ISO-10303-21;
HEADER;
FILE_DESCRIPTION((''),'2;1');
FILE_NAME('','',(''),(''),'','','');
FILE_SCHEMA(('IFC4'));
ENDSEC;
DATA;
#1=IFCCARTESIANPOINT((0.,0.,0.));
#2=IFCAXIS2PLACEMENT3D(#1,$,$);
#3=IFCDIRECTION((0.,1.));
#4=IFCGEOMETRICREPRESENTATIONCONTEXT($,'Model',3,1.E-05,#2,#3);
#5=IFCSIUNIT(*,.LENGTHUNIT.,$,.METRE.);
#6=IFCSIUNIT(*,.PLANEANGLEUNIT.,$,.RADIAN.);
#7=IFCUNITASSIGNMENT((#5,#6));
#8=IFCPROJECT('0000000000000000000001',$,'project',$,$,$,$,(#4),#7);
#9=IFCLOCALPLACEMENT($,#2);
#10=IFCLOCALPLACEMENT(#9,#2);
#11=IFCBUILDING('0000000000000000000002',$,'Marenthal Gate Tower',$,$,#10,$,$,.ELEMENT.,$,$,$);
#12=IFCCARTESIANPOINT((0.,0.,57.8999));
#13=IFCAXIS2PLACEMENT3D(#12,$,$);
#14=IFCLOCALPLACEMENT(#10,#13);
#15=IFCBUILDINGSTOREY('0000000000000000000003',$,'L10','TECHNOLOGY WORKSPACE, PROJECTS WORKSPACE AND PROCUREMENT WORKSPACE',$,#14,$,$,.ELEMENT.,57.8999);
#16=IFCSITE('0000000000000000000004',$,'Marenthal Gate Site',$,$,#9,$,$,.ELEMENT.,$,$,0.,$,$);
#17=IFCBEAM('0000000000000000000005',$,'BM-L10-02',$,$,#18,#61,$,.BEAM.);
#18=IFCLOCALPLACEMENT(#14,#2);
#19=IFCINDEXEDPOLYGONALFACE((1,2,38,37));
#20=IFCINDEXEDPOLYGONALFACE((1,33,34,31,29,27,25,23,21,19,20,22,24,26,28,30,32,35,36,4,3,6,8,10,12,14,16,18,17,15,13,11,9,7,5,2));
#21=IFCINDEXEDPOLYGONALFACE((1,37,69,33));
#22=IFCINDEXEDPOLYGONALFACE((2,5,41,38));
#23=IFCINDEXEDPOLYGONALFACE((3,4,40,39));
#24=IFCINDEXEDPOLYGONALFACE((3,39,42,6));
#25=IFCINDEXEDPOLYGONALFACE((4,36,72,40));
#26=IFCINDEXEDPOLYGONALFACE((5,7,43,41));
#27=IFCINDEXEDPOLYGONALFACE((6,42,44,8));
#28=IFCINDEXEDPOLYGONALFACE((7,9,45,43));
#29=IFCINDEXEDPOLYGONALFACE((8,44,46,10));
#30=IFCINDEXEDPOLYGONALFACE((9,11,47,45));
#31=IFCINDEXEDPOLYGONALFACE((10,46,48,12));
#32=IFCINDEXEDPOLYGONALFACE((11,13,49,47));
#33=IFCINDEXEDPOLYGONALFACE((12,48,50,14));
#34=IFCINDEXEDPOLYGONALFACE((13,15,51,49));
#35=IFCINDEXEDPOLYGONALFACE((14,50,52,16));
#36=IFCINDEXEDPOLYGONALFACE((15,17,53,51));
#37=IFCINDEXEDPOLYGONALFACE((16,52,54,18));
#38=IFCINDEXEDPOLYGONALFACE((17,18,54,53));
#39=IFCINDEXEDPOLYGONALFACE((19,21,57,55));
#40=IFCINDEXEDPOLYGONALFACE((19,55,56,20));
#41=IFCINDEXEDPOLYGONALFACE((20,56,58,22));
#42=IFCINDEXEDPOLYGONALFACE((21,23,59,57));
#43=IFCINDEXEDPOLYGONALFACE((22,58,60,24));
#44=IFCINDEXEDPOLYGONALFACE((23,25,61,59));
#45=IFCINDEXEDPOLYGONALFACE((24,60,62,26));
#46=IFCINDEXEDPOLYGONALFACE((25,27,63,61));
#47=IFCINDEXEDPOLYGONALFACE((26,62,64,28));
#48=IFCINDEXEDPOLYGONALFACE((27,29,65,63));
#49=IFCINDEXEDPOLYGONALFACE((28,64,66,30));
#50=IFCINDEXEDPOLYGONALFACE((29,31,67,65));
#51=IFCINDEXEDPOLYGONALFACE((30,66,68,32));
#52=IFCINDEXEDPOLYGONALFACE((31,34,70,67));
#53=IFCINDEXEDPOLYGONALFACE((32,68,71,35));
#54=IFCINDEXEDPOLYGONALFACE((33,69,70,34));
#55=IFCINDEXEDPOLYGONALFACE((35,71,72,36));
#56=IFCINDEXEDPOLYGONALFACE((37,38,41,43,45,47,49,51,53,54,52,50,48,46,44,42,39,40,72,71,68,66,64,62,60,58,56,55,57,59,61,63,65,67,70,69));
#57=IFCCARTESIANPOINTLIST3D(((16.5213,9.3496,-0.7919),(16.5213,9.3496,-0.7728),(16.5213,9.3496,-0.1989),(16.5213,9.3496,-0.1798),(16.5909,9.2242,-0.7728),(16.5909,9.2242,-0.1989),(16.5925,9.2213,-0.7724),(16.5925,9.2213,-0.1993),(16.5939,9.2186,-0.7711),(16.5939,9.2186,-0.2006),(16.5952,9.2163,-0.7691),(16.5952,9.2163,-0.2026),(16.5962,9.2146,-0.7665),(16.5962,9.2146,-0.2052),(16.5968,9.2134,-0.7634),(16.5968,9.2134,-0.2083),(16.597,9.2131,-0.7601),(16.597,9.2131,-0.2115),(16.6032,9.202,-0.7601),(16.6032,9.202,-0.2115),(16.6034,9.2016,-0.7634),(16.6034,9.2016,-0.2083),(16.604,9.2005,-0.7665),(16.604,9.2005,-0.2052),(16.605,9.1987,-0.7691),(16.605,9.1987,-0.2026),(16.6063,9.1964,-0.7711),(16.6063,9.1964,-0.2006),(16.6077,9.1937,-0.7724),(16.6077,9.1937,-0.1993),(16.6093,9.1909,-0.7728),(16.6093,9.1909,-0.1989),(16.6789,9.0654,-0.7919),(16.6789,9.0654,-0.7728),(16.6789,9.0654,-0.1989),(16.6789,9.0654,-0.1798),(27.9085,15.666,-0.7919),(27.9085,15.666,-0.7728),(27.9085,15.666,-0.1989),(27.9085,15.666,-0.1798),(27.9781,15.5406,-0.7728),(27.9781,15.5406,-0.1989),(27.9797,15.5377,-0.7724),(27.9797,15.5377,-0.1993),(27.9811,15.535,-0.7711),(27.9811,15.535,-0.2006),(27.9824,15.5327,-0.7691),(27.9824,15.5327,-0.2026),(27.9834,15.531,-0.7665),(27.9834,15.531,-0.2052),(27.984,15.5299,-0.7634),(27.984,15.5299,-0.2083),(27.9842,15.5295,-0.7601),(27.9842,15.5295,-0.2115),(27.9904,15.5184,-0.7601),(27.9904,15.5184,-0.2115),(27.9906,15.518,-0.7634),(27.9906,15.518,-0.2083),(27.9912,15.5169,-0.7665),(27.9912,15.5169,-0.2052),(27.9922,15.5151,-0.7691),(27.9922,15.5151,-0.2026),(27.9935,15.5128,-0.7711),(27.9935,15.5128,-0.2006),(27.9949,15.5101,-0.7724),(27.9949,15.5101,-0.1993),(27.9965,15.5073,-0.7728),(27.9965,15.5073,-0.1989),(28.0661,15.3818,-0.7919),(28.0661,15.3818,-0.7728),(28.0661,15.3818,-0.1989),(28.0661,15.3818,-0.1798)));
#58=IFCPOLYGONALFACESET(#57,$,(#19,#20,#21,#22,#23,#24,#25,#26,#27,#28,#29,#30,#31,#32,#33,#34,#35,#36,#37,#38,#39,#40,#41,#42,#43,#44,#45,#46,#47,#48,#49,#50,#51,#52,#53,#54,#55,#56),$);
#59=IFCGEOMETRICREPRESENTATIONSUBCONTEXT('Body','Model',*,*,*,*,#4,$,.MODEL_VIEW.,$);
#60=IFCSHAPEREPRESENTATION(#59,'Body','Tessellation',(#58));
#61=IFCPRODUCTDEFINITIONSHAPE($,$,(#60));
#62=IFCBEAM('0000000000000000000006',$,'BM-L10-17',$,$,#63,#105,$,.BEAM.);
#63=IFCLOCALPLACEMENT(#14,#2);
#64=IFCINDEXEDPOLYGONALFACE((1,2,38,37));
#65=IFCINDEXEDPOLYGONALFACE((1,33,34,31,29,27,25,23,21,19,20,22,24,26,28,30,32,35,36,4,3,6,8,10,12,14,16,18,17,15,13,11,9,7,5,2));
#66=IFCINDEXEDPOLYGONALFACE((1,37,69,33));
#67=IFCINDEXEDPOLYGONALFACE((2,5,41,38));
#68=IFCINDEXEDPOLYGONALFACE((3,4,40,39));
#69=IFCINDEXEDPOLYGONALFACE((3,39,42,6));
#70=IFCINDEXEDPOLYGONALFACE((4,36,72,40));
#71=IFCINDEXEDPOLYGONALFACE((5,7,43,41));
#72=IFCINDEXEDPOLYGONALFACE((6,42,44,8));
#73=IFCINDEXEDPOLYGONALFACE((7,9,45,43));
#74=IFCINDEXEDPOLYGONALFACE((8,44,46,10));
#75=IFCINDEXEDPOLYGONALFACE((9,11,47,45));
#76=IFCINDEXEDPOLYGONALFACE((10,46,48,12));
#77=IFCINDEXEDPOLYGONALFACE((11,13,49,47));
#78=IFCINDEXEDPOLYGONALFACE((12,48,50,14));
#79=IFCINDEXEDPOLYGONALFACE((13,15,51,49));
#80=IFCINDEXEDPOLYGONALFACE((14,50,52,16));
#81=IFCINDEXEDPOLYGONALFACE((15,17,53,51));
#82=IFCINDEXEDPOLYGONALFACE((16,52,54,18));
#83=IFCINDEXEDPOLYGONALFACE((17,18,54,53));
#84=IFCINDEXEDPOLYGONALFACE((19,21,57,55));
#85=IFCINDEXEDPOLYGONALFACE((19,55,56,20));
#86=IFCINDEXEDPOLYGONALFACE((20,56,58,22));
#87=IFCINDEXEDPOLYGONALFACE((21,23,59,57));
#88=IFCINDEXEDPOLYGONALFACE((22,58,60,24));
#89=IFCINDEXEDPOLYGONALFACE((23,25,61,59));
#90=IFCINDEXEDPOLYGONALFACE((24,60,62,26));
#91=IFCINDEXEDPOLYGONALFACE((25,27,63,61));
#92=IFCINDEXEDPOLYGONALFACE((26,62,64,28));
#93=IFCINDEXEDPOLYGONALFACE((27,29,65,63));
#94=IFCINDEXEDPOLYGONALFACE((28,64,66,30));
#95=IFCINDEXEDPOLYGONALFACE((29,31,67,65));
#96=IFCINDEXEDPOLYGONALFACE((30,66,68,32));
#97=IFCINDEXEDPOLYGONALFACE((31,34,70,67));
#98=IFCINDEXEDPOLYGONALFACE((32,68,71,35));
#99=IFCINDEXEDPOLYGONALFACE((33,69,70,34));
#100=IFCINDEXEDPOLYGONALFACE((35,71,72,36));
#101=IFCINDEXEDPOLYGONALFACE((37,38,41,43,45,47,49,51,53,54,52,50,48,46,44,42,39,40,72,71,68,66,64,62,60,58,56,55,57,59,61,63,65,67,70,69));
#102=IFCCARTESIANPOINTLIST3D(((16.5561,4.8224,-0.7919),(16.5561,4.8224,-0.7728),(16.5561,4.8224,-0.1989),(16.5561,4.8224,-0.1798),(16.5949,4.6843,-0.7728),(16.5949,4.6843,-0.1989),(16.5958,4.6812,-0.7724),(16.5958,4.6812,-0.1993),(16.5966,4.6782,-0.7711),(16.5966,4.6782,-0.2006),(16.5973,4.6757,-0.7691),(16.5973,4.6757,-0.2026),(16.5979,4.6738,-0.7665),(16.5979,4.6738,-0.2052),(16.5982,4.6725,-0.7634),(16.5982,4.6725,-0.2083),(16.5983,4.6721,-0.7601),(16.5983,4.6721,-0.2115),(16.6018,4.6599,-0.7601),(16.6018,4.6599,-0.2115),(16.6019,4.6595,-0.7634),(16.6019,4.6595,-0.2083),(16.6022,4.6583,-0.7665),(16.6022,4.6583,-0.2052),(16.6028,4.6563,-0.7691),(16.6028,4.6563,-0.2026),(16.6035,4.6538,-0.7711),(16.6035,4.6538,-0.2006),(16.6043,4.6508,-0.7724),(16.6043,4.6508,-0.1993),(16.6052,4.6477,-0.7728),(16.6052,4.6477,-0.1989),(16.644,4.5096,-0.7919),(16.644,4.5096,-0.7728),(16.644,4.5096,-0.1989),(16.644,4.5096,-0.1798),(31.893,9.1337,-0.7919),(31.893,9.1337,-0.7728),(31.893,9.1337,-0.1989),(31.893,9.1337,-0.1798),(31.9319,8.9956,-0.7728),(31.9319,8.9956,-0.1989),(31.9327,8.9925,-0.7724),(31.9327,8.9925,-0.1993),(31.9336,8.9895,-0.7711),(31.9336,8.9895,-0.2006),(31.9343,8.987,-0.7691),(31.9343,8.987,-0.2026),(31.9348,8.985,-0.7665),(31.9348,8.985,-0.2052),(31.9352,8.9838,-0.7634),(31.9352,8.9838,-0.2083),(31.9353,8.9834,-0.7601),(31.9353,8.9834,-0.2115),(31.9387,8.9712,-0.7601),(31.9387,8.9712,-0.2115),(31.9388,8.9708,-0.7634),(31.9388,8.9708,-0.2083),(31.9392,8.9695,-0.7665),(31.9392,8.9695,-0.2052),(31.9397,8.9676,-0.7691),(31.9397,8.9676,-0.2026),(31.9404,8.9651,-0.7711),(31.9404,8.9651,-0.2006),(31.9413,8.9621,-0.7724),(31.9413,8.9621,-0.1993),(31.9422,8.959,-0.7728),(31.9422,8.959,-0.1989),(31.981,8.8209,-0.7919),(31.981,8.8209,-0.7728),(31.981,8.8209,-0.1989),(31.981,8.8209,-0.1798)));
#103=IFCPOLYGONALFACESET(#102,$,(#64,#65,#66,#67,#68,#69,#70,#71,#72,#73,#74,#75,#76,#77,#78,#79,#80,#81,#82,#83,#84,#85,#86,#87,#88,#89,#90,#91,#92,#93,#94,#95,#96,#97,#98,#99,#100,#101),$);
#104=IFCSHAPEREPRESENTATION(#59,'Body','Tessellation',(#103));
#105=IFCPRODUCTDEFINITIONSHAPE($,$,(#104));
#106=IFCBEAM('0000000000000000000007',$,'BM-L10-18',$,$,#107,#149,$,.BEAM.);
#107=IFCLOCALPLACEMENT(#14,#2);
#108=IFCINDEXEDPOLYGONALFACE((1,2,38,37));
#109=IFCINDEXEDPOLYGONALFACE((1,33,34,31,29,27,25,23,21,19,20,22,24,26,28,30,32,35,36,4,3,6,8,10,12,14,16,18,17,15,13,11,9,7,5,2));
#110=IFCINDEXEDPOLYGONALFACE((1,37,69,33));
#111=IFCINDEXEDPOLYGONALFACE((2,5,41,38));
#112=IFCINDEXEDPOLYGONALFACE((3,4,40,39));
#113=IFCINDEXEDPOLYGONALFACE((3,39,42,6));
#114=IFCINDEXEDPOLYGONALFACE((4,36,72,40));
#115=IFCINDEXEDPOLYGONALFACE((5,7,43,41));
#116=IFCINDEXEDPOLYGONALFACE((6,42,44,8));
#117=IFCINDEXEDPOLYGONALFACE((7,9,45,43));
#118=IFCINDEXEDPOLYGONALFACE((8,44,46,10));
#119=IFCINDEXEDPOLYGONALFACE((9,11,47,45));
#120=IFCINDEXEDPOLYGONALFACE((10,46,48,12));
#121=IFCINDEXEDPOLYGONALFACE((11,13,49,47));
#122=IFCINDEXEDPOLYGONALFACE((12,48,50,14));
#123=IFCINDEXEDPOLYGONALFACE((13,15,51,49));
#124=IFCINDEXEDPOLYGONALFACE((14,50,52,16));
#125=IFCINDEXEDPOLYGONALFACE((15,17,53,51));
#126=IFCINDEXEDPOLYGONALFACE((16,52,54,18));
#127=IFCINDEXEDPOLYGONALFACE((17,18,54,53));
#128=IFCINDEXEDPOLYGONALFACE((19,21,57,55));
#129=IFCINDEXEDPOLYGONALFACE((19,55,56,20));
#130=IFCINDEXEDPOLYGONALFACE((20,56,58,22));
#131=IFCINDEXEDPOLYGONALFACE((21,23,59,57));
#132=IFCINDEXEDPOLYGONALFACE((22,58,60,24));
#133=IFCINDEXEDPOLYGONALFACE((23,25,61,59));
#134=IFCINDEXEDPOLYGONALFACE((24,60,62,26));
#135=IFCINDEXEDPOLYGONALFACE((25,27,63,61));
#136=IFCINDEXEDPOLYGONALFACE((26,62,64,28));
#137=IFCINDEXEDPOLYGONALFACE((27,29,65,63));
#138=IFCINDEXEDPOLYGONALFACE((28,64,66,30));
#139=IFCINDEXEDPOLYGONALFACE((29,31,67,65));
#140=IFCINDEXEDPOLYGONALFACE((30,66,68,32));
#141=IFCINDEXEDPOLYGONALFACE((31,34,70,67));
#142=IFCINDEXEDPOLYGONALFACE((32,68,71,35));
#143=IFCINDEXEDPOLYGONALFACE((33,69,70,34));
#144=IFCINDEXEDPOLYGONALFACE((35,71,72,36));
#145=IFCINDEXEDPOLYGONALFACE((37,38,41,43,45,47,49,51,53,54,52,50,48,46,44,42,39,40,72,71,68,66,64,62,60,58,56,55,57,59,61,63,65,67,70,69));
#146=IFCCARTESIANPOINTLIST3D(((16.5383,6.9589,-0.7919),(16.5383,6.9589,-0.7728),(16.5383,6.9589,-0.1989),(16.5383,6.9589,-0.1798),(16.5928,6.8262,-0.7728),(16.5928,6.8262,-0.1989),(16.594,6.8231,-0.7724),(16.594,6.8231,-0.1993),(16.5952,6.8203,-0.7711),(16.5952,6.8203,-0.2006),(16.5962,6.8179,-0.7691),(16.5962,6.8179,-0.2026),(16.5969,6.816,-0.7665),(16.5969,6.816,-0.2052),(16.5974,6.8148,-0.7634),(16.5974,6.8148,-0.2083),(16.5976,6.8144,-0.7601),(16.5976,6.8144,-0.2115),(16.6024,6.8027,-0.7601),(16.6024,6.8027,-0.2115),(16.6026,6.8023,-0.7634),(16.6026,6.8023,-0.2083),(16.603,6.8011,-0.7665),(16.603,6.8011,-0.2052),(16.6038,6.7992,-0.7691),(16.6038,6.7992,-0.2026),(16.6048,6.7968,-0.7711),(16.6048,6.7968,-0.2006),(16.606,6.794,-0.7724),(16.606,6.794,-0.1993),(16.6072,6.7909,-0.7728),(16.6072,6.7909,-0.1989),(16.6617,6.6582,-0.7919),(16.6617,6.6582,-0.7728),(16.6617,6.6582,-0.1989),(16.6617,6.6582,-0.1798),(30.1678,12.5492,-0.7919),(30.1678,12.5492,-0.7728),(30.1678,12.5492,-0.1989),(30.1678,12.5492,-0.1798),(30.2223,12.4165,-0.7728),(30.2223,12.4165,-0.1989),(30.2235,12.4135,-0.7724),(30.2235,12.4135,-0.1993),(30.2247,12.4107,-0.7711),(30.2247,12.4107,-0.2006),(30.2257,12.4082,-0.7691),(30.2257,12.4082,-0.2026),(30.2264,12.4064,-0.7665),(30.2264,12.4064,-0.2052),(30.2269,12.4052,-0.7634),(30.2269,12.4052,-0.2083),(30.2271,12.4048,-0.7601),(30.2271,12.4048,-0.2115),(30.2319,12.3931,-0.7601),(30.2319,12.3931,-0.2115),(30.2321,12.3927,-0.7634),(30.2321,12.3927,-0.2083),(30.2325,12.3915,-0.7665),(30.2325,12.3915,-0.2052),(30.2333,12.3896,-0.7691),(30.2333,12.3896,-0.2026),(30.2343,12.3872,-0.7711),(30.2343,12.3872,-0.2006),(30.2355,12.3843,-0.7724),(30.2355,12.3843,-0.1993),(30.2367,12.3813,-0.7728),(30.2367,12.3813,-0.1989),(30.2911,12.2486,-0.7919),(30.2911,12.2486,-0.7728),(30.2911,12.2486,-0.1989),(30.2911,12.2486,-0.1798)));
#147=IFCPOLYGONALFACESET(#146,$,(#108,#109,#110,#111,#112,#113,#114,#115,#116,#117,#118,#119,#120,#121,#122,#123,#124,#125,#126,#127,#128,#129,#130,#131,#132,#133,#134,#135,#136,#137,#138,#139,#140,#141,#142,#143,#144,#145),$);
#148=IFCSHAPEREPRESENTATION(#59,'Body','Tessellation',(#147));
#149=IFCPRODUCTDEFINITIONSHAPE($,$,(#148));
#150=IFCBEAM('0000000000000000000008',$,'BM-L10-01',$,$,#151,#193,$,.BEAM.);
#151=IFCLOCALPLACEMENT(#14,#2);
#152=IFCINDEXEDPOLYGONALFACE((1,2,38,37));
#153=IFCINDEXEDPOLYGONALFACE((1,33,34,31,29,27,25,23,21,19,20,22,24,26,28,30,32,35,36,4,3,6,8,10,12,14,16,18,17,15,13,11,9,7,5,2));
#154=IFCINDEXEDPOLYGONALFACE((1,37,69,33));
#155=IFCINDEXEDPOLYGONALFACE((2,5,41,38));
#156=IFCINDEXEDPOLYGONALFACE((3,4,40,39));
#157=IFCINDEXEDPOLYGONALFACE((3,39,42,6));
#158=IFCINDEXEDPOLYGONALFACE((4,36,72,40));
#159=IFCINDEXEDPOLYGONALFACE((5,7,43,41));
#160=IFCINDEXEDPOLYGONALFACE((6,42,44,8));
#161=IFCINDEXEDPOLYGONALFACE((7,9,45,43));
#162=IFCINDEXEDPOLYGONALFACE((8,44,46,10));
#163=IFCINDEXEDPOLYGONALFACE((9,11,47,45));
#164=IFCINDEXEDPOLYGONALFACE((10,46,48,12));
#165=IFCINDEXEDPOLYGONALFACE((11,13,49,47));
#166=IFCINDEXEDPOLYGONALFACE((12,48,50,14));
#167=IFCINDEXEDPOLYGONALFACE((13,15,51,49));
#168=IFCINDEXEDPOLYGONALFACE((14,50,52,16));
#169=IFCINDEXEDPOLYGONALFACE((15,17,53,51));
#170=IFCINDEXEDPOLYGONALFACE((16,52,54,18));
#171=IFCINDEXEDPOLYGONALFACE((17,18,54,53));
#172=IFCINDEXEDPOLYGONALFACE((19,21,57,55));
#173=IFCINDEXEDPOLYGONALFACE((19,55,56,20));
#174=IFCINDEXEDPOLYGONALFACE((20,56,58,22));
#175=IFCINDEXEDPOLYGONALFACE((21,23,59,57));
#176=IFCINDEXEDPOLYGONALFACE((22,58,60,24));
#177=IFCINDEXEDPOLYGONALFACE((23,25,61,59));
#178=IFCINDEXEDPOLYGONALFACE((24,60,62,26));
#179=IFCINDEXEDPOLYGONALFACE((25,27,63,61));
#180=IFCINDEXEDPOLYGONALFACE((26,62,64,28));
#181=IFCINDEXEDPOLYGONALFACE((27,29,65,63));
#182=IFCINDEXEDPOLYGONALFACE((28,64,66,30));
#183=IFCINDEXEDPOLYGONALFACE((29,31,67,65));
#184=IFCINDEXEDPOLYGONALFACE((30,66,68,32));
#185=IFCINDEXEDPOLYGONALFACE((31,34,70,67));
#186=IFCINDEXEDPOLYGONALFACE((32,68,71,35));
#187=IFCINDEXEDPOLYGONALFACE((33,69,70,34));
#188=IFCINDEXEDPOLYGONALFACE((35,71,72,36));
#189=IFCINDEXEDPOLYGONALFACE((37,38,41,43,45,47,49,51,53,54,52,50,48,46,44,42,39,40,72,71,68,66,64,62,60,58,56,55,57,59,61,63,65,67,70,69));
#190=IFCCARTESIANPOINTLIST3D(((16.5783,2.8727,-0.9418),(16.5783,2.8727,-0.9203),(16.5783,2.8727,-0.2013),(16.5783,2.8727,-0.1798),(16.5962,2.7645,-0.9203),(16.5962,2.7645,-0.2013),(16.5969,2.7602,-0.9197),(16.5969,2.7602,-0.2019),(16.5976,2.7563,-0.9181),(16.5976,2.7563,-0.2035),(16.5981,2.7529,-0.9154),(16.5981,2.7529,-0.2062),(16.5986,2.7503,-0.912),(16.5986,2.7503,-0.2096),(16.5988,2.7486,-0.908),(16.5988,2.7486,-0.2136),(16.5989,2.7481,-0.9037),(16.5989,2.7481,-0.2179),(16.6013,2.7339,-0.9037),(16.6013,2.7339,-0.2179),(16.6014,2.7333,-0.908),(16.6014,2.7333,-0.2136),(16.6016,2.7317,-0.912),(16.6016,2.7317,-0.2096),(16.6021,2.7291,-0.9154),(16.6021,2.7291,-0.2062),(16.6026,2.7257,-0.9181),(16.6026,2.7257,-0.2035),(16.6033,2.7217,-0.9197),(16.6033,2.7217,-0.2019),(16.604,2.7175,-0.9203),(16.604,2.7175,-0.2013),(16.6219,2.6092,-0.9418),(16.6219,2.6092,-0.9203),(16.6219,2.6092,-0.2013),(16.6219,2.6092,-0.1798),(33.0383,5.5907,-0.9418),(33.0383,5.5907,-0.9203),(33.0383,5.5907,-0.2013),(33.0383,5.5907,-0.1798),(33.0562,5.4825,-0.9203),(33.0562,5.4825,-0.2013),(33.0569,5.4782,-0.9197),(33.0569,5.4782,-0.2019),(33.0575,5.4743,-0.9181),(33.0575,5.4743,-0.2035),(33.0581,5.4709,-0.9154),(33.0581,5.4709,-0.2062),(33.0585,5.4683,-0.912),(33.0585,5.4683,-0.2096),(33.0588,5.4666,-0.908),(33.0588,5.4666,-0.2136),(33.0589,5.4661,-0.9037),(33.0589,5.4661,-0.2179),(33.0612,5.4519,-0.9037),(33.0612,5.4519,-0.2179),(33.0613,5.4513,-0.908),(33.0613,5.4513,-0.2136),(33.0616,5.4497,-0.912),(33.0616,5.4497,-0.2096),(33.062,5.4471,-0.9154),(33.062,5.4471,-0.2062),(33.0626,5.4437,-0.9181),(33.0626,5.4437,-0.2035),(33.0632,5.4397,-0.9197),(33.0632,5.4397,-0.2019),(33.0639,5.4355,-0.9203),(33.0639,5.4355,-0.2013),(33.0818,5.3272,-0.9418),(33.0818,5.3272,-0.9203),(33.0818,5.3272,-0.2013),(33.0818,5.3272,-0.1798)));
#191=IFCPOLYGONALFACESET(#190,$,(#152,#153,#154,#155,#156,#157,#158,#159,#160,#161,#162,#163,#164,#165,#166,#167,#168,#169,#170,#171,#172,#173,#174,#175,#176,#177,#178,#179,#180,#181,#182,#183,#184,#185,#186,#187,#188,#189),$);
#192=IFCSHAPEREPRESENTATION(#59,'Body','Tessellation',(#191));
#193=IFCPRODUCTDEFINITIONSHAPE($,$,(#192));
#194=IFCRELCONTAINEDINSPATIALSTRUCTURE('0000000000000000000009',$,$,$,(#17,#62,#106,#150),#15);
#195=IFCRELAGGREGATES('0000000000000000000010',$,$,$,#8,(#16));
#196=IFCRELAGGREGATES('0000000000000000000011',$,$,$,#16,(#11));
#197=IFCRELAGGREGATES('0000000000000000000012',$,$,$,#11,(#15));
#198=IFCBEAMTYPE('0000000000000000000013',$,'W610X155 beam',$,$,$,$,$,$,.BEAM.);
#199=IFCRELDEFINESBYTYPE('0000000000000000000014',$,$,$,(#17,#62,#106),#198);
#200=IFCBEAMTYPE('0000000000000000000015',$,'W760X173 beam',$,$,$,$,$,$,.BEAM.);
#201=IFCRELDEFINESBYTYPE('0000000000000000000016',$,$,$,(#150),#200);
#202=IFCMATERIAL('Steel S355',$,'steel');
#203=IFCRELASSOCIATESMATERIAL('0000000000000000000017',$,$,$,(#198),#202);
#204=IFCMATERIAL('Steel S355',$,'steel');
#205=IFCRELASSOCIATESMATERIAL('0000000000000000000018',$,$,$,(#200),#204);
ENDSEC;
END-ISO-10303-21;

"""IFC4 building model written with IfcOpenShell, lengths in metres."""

from ifc_helpers import new_model, si_unit, direction, frame, origin, origin_2d, place, context, subcontext, project, spatial, i_section, extrude, material, material_profile, profile_set, type_object, element, save


model = new_model("IFC4")

# Units and contexts
model_context = context("Model", 3, precision=1e-05, world=origin(), true_north=direction((0.0, 1.0)))
body_context = subcontext(model_context, "Body", "Model", "MODEL_VIEW")
ifc_project = project(units=[si_unit("LENGTHUNIT", "METRE"), si_unit("PLANEANGLEUNIT", "RADIAN")], contexts=[model_context])

# Site, building, storey
site_placement = place(None, origin())
site = spatial("IfcSite", under=ifc_project, at=site_placement, Name="Marenthal Gate Site", CompositionType="ELEMENT", RefElevation=0.0)
building_placement = place(site_placement, origin())
building = spatial("IfcBuilding", under=site, at=building_placement, Name="Marenthal Gate Tower", CompositionType="ELEMENT")
storey_placement = place(building_placement, frame((0.0, 0.0, 57.8999)))
storey = spatial("IfcBuildingStorey", under=building, at=storey_placement, Name="L10", Description="TECHNOLOGY WORKSPACE, PROJECTS WORKSPACE AND PROCUREMENT WORKSPACE", CompositionType="ELEMENT", Elevation=57.8999)

# Beams
ifc_material_1 = material(Name="Steel S355", Category="steel")
ifc_material_profile_1 = material_profile(ifc_material_1, i_section(OverallWidth=0.325, OverallDepth=0.6121, WebThickness=0.0127, FlangeThickness=0.019, FilletRadius=0.0127, at=origin_2d()), Name="W610X155")
ifc_profile_set_1 = profile_set([ifc_material_profile_1], Name="Steel S355")
beam_type_1 = type_object("IfcBeamType", Name="W610X155 beam", PredefinedType="BEAM", material=ifc_profile_set_1)
beam_1_placement = place(storey_placement, frame((27.9873, 15.5239, -0.4858), z_axis=(-0.874477, -0.485067, 0.0), x_axis=(0.485067, -0.874477, 0.0)))
element("IfcBeam", 1, at=beam_1_placement, inside=storey, type_object=beam_type_1, Name="BM-L10-02", PredefinedType="BEAM", context=body_context, shape_type="SweptSolid", body=[
    extrude(i_section(OverallWidth=0.325, OverallDepth=0.6121, WebThickness=0.0127, FlangeThickness=0.019, FilletRadius=0.0127, at=origin_2d()), origin(), (0.0, 0.0, 1.0), 13.0217),
])
beam_2_placement = place(storey_placement, frame((31.937, 8.9773, -0.4858), z_axis=(-0.962687, -0.270616, 0.0), x_axis=(0.270616, -0.962687, 0.0)))
element("IfcBeam", 2, at=beam_2_placement, inside=storey, type_object=beam_type_1, Name="BM-L10-17", PredefinedType="BEAM", context=body_context, shape_type="SweptSolid", body=[
    extrude(i_section(OverallWidth=0.325, OverallDepth=0.6121, WebThickness=0.0127, FlangeThickness=0.019, FilletRadius=0.0127, at=origin_2d()), origin(), (0.0, 0.0, 1.0), 15.9314),
])
beam_3_placement = place(storey_placement, frame((30.2295, 12.3989, -0.4858), z_axis=(-0.925198, -0.379486, 0.0), x_axis=(0.379486, -0.925198, 0.0)))
element("IfcBeam", 3, at=beam_3_placement, inside=storey, type_object=beam_type_1, Name="BM-L10-18", PredefinedType="BEAM", context=body_context, shape_type="SweptSolid", body=[
    extrude(i_section(OverallWidth=0.325, OverallDepth=0.6121, WebThickness=0.0127, FlangeThickness=0.019, FilletRadius=0.0127, at=origin_2d()), origin(), (0.0, 0.0, 1.0), 14.7314),
])
ifc_material_2 = material(Name="Steel S355", Category="steel")
ifc_material_profile_2 = material_profile(ifc_material_2, i_section(OverallWidth=0.2671, OverallDepth=0.762, WebThickness=0.0144, FlangeThickness=0.0215, FilletRadius=0.0166, at=origin_2d()), Name="W760X173")
ifc_profile_set_2 = profile_set([ifc_material_profile_2], Name="Steel S355")
beam_type_2 = type_object("IfcBeamType", Name="W760X173 beam", PredefinedType="BEAM", material=ifc_profile_set_2)
beam_4_placement = place(storey_placement, frame((33.0601, 5.459, -0.5608), z_axis=(-0.986639, -0.162923, 0.0), x_axis=(0.162923, -0.986639, 0.0)))
element("IfcBeam", 4, at=beam_4_placement, inside=storey, type_object=beam_type_2, Name="BM-L10-01", PredefinedType="BEAM", context=body_context, shape_type="SweptSolid", body=[
    extrude(i_section(OverallWidth=0.2671, OverallDepth=0.762, WebThickness=0.0144, FlangeThickness=0.0215, FilletRadius=0.0166, at=origin_2d()), origin(), (0.0, 0.0, 1.0), 16.6829),
])

save(model, "model.ifc")
